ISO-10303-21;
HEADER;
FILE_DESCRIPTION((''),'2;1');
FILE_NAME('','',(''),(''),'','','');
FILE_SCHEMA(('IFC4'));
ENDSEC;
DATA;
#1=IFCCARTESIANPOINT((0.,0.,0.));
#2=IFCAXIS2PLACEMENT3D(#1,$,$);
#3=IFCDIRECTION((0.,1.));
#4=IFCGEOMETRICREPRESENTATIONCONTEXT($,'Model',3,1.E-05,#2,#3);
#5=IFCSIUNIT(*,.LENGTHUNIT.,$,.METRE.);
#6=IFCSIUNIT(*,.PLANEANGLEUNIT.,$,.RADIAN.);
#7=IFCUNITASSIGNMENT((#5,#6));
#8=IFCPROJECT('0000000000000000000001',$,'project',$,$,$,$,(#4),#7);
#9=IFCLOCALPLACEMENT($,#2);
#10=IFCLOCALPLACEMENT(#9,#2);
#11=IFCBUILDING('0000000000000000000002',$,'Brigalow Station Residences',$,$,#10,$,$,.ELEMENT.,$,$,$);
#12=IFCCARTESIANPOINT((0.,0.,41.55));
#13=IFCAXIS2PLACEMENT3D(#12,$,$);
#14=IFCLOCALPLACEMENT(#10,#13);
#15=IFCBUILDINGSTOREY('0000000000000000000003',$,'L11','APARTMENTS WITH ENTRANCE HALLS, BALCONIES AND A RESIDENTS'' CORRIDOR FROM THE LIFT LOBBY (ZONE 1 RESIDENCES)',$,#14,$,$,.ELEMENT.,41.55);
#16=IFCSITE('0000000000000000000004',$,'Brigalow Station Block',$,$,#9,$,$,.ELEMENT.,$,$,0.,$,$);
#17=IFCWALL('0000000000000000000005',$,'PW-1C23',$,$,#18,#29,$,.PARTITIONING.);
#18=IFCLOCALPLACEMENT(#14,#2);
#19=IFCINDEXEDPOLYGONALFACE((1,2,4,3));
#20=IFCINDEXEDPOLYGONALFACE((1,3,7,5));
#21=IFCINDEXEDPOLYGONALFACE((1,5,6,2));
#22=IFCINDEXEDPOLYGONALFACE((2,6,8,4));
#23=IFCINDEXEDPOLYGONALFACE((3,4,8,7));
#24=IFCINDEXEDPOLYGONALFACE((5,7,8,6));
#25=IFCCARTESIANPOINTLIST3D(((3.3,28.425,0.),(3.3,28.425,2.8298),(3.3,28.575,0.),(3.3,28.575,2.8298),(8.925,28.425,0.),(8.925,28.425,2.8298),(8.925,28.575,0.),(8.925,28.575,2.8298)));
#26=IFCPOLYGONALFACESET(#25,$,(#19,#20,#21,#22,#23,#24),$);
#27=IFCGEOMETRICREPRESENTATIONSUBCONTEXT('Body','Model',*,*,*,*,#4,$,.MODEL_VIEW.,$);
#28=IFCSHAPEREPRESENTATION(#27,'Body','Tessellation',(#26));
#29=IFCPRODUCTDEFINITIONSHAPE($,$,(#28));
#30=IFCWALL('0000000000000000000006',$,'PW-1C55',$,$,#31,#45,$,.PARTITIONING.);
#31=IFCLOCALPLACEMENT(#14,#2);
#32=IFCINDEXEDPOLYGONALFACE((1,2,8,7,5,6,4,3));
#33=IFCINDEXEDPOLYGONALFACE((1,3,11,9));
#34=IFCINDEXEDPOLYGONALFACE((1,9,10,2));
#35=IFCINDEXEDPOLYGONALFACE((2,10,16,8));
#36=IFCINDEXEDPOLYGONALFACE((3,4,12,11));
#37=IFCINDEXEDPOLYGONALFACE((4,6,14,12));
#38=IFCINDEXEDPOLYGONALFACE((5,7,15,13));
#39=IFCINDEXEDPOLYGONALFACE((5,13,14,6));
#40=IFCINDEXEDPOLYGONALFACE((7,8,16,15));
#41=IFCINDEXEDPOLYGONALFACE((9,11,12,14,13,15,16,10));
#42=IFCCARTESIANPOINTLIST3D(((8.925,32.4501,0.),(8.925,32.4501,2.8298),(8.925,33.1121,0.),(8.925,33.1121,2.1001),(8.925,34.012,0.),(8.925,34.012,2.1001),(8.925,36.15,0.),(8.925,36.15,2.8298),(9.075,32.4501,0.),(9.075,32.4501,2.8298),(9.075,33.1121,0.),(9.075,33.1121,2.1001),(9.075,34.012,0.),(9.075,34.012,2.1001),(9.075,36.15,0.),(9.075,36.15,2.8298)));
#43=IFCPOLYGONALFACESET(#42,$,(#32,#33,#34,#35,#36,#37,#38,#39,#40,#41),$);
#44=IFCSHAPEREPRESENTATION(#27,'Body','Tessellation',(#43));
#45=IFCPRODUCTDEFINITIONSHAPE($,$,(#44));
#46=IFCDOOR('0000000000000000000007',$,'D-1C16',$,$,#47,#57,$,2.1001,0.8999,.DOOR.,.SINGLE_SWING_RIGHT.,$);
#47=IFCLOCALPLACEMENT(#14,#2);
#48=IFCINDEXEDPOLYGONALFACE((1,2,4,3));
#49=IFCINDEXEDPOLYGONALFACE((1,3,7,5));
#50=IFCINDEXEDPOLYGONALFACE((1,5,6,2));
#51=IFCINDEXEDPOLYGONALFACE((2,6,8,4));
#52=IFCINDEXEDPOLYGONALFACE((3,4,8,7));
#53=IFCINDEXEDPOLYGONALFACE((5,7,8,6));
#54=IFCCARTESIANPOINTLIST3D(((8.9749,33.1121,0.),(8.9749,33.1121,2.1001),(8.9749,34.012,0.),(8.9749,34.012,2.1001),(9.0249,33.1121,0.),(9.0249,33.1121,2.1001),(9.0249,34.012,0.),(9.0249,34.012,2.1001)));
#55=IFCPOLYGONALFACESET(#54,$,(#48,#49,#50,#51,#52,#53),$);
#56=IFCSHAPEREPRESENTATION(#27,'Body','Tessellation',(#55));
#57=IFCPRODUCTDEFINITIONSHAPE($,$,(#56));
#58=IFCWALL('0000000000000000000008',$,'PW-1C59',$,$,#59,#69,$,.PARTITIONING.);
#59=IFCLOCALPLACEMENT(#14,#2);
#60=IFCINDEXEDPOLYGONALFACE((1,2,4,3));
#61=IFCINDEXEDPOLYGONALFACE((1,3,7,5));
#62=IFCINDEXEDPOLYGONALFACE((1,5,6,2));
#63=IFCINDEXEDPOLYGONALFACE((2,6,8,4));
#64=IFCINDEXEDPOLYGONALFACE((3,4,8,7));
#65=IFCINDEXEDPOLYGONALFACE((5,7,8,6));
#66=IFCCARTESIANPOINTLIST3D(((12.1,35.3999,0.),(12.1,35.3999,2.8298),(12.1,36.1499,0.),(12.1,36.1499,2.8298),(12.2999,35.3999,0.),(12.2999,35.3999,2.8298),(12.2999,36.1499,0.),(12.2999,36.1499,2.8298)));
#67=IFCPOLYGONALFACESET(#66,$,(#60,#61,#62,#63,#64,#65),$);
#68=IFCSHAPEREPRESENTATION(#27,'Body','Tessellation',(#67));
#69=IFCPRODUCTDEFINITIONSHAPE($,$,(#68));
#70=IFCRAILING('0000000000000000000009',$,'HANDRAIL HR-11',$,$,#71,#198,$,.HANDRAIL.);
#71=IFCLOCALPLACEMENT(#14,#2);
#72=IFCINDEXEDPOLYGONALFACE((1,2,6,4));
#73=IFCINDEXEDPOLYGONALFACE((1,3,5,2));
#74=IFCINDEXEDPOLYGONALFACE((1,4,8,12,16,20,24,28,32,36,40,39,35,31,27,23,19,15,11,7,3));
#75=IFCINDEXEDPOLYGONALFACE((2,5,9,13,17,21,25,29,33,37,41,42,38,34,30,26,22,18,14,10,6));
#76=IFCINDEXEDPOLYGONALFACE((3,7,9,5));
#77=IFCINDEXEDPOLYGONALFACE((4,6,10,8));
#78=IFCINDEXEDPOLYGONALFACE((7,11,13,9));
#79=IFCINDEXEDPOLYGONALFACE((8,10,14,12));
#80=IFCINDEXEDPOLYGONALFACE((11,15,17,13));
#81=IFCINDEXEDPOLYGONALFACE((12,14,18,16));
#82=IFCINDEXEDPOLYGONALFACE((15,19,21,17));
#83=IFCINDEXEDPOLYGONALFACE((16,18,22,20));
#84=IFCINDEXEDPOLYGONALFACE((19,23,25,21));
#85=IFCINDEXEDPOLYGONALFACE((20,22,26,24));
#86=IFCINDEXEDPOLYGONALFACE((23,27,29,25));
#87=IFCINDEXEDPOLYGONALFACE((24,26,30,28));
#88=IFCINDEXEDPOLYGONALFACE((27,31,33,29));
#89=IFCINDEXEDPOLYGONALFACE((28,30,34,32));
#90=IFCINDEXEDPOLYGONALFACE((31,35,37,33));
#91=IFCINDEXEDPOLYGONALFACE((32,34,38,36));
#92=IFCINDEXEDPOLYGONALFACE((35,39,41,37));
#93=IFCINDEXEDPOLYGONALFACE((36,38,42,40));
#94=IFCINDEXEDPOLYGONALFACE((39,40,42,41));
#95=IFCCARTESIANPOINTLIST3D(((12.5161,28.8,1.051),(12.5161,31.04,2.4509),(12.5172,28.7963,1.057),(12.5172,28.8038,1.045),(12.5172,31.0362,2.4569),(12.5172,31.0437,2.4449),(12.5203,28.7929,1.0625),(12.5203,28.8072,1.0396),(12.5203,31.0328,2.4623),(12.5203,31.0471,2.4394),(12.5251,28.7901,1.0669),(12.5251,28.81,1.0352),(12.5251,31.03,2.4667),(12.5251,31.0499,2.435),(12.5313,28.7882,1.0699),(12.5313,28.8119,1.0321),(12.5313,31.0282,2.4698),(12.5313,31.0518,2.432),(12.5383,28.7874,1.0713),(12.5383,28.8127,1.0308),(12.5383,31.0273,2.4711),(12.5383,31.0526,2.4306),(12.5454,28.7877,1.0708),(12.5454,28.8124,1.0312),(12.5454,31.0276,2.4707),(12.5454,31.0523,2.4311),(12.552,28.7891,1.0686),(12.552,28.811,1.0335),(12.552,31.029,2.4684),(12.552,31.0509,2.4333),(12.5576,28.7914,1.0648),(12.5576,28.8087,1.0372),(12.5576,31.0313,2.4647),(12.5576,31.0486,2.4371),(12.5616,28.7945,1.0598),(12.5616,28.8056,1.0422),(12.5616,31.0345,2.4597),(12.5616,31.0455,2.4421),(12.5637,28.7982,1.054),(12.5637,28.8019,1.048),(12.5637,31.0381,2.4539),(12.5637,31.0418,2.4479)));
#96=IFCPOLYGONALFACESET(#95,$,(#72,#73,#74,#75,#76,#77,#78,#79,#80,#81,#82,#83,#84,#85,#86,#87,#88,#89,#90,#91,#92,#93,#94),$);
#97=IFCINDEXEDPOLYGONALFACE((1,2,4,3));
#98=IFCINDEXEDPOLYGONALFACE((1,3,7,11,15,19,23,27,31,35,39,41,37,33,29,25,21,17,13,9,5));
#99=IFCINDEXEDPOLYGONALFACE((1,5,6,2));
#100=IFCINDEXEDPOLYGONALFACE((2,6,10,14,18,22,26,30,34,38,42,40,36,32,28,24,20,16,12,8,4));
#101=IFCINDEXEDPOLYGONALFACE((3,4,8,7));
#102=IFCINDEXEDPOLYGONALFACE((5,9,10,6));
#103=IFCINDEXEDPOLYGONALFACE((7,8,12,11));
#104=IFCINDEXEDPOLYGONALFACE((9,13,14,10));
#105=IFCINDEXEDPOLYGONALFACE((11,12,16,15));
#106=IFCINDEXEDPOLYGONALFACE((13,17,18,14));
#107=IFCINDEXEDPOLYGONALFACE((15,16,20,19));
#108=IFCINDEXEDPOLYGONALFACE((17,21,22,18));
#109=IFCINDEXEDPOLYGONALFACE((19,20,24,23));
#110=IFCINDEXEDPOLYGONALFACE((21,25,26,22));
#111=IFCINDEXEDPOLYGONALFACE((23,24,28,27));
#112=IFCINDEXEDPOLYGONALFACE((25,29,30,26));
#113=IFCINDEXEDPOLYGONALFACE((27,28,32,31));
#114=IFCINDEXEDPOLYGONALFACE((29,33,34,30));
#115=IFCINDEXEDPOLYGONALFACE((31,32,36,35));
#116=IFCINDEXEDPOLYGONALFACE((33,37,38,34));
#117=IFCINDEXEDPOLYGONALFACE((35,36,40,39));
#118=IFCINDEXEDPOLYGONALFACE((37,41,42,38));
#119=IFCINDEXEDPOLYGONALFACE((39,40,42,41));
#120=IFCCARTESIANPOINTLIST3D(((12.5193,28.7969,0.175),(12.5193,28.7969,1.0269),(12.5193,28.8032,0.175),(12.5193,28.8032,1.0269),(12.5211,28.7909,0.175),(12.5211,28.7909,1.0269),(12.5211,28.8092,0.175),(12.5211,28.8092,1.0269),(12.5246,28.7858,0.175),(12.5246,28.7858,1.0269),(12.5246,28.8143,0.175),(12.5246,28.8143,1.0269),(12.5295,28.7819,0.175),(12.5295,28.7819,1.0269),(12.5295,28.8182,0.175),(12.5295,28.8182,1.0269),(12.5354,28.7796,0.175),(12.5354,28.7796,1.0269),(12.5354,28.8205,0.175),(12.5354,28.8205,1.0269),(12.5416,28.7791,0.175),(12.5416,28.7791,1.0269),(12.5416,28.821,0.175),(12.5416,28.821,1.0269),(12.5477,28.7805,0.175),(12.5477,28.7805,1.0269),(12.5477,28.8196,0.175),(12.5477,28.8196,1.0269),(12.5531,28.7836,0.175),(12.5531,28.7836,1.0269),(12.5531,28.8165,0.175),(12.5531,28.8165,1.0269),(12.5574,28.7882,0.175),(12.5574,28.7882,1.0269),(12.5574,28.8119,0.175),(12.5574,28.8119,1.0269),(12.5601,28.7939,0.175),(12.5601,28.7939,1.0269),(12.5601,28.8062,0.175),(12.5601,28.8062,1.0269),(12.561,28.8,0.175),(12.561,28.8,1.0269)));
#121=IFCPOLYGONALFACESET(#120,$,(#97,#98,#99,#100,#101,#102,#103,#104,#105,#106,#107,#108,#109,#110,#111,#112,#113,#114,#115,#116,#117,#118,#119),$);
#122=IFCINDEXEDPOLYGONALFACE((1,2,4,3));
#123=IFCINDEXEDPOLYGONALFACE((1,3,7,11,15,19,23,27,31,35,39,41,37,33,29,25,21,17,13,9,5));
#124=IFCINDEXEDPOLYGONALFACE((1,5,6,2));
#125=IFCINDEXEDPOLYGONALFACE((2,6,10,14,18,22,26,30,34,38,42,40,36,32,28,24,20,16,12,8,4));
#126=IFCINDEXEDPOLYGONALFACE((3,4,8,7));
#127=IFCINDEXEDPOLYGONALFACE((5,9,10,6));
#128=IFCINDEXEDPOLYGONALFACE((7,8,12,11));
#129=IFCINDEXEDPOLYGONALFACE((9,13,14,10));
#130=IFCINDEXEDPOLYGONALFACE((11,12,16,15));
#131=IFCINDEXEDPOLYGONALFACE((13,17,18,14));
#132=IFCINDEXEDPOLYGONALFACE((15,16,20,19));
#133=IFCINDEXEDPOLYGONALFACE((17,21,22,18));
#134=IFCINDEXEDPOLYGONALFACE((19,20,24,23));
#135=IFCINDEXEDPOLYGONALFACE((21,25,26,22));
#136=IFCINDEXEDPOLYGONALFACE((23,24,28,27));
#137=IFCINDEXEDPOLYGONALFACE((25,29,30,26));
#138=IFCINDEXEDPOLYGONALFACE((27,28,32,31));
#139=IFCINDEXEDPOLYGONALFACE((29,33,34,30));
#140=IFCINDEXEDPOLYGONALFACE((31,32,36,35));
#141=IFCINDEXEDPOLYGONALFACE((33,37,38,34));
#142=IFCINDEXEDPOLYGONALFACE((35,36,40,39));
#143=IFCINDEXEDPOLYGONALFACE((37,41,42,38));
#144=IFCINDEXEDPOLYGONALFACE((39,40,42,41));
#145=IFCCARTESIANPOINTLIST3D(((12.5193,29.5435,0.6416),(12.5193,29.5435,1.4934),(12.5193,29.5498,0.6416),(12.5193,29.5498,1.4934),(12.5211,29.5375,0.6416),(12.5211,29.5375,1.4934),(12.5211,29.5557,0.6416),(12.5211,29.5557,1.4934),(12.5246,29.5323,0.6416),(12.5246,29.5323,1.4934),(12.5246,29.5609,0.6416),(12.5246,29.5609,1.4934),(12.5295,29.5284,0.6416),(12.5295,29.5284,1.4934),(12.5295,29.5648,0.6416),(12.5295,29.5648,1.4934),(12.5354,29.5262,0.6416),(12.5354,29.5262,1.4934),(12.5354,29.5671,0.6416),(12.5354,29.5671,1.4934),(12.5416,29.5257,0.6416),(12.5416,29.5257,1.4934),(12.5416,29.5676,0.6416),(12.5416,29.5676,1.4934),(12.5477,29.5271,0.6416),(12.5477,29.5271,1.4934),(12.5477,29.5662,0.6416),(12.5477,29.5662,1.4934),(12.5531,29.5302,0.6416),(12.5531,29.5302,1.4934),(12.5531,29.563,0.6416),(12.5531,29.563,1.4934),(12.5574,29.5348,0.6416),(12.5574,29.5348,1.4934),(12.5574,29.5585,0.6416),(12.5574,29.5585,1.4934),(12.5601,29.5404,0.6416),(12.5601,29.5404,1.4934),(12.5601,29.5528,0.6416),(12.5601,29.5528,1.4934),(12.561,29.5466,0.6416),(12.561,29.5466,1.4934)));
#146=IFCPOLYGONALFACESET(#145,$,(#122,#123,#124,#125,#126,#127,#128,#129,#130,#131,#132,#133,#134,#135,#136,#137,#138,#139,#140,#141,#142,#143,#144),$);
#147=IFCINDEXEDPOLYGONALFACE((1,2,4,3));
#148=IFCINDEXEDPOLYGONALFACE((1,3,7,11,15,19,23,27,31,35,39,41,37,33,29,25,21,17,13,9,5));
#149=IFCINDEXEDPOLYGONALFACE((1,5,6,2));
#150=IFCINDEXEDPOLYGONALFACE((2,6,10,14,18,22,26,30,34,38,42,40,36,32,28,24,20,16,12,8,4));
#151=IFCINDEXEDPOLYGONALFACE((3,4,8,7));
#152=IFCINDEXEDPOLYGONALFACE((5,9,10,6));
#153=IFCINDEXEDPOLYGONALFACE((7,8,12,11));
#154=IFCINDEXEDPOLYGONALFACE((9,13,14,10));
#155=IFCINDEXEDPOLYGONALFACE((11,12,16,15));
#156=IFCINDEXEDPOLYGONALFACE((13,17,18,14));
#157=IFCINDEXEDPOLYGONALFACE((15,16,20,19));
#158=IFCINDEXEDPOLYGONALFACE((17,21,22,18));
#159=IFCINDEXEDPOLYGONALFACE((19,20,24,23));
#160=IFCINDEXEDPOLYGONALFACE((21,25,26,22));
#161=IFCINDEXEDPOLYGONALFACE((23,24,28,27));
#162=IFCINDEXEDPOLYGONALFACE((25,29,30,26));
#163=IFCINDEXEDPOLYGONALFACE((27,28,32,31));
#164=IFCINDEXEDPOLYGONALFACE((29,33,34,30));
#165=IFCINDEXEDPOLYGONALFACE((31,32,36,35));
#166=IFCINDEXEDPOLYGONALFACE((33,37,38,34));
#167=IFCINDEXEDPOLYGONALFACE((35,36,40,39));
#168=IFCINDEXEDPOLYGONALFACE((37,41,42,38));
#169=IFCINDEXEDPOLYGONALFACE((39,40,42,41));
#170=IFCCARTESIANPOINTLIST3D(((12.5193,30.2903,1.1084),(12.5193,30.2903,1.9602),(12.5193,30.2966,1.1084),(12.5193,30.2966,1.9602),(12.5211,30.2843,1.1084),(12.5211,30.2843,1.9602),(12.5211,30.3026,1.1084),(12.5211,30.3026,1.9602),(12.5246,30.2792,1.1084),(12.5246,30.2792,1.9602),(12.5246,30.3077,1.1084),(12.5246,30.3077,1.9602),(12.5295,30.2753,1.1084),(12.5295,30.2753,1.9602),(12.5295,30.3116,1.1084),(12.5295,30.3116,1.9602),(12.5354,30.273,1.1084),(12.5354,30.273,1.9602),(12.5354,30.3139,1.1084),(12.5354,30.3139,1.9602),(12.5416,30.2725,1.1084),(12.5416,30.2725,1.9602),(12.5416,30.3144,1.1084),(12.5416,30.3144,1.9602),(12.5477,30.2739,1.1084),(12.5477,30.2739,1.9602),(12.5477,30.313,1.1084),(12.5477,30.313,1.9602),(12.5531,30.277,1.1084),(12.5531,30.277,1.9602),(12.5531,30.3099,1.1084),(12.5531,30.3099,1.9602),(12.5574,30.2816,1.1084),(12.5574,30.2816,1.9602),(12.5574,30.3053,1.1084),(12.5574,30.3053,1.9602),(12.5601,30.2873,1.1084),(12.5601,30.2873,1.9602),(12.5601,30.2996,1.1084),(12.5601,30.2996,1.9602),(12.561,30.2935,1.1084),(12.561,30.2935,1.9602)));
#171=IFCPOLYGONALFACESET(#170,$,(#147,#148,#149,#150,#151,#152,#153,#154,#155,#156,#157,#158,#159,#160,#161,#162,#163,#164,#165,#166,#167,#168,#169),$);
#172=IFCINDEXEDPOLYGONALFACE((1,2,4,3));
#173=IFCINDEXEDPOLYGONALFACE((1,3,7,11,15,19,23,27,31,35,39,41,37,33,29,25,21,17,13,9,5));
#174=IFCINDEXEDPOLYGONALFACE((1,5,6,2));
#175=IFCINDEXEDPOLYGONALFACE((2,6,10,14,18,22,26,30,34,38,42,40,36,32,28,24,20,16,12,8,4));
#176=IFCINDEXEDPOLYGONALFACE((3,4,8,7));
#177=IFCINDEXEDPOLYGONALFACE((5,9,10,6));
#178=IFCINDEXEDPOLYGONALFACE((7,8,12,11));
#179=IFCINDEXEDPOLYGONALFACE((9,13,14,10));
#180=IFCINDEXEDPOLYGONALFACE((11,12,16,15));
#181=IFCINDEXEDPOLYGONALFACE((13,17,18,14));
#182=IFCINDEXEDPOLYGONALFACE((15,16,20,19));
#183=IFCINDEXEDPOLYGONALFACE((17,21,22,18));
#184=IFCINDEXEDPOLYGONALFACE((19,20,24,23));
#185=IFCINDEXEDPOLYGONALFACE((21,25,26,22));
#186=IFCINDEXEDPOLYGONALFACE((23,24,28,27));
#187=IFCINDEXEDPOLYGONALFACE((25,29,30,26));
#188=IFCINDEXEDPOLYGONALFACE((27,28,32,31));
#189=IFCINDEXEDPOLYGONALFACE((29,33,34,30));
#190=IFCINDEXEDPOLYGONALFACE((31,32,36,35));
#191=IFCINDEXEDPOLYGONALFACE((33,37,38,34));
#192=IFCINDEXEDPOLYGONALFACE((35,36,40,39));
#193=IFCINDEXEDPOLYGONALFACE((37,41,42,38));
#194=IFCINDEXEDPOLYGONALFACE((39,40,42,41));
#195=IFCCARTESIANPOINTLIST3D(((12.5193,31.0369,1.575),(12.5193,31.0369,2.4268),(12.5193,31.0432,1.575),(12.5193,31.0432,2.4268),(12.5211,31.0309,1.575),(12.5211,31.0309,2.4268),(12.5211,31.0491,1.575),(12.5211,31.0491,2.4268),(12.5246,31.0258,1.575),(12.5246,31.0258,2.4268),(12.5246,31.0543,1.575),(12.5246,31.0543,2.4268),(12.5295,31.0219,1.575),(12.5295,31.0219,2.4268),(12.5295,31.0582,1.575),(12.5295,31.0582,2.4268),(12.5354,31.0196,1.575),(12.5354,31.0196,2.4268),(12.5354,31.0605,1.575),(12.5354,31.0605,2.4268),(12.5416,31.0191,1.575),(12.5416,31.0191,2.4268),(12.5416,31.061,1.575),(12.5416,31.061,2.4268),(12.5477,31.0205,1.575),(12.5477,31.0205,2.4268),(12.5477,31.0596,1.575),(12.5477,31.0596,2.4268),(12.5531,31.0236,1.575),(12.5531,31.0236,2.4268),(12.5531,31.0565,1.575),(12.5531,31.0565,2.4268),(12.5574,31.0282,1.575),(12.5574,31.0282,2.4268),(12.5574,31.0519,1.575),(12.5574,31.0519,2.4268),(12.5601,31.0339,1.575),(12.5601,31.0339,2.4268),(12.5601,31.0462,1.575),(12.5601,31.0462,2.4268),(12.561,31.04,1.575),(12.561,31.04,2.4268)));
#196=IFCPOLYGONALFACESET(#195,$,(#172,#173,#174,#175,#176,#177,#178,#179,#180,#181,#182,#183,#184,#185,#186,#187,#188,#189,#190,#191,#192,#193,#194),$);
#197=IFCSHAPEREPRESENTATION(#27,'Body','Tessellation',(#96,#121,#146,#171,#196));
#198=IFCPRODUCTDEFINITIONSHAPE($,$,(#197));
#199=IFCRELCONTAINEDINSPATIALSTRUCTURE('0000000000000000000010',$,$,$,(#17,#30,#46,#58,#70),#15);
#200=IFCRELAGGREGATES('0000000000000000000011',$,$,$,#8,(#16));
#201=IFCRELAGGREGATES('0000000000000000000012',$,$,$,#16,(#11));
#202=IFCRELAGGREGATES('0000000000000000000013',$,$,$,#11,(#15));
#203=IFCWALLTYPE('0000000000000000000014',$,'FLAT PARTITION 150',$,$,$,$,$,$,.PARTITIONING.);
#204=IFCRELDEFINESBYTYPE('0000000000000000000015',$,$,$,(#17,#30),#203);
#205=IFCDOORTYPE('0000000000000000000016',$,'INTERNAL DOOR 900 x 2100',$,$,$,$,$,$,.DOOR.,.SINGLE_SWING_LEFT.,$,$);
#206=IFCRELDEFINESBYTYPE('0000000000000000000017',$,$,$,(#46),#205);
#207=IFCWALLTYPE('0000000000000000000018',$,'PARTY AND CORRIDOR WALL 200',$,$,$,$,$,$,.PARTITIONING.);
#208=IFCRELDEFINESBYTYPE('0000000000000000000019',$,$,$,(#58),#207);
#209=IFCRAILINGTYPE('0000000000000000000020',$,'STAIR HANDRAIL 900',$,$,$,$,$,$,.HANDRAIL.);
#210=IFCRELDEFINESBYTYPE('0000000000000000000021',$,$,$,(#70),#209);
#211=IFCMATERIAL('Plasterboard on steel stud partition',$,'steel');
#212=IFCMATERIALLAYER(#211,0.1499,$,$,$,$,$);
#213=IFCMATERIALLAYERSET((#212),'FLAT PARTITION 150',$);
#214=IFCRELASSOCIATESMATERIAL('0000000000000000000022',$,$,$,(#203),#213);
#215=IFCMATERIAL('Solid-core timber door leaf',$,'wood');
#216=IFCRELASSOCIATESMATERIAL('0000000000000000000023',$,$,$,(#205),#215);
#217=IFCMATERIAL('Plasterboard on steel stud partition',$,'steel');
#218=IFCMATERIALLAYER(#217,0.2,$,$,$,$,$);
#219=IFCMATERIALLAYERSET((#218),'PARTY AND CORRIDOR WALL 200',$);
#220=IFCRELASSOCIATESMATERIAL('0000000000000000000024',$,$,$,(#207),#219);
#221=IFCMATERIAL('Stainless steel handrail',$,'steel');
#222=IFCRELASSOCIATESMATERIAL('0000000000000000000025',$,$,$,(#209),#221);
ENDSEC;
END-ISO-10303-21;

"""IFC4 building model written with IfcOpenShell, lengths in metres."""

from ifc_helpers import new_model, si_unit, direction, frame, frame_2d, origin, origin_2d, place, context, subcontext, project, spatial, rectangle, circle, extrude, material, layer, layer_set, type_object, element, fill, save


model = new_model("IFC4")

# Units and contexts
model_context = context("Model", 3, precision=1e-05, world=origin(), true_north=direction((0.0, 1.0)))
body_context = subcontext(model_context, "Body", "Model", "MODEL_VIEW")
ifc_project = project(units=[si_unit("LENGTHUNIT", "METRE"), si_unit("PLANEANGLEUNIT", "RADIAN")], contexts=[model_context])

# Site, building, storey
site_placement = place(None, origin())
site = spatial("IfcSite", under=ifc_project, at=site_placement, Name="Brigalow Station Block", CompositionType="ELEMENT", RefElevation=0.0)
building_placement = place(site_placement, origin())
building = spatial("IfcBuilding", under=site, at=building_placement, Name="Brigalow Station Residences", CompositionType="ELEMENT")
storey_placement = place(building_placement, frame((0.0, 0.0, 41.55)))
storey = spatial("IfcBuildingStorey", under=building, at=storey_placement, Name="L11", Description="APARTMENTS WITH ENTRANCE HALLS, BALCONIES AND A RESIDENTS' CORRIDOR FROM THE LIFT LOBBY (ZONE 1 RESIDENCES)", CompositionType="ELEMENT", Elevation=41.55)

# Shared definitions
ifc_material_1 = material(Name="Plasterboard on steel stud partition", Category="steel")
ifc_layer_1 = layer(ifc_material_1, 0.1499)
ifc_layer_set_1 = layer_set([ifc_layer_1], Name="FLAT PARTITION 150")
wall_type_1 = type_object("IfcWallType", Name="FLAT PARTITION 150", PredefinedType="PARTITIONING", material=ifc_layer_set_1)
ifc_material_2 = material(Name="Solid-core timber door leaf", Category="wood")
door_type_1 = type_object("IfcDoorType", Name="INTERNAL DOOR 900 x 2100", OperationType="SINGLE_SWING_LEFT", PredefinedType="DOOR", material=ifc_material_2)

# Wall
wall_1_placement = place(storey_placement, frame((3.3, 28.5, 0.0), z_axis=(0.0, 0.0, 1.0), x_axis=(1.0, 0.0, 0.0)))
element("IfcWall", 1, at=wall_1_placement, inside=storey, type_object=wall_type_1, Name="PW-1C23", PredefinedType="PARTITIONING", context=body_context, shape_type="SweptSolid", body=[
    extrude(rectangle(XDim=5.625, YDim=0.1499, at=frame_2d((2.8125, 0.0))), origin(), (0.0, 0.0, 1.0), 2.8298),
])

# Wall, opening, door
wall_2_placement = place(storey_placement, frame((9.0, 32.45, 0.0), z_axis=(0.0, 0.0, 1.0), x_axis=(0.0, 1.0, 0.0)))
wall_2 = element("IfcWall", 2, at=wall_2_placement, inside=storey, type_object=wall_type_1, Name="PW-1C55", PredefinedType="PARTITIONING", context=body_context, shape_type="SweptSolid", body=[
    extrude(rectangle(XDim=3.7, YDim=0.1499, at=frame_2d((1.8501, 0.0))), origin(), (0.0, 0.0, 1.0), 2.8298),
])
opening_1_placement = place(wall_2_placement, frame((0.6621, 0.0, 0.0)))
opening_1 = element("IfcOpeningElement", 3, at=opening_1_placement, cuts=wall_2, PredefinedType="OPENING", context=body_context, shape_type="SweptSolid", body=[
    extrude(rectangle(XDim=0.8999, YDim=2.1001, at=frame_2d((0.45, 1.05))), frame((0.0, 0.085, 0.0), z_axis=(0.0, -1.0, 0.0), x_axis=(1.0, 0.0, 0.0)), (0.0, 0.0, 1.0), 0.1699),
])
door_1_placement = place(opening_1_placement, frame((0.8999, 0.0, 0.0), z_axis=(0.0, 0.0, 1.0), x_axis=(-1.0, 0.0, 0.0)))
door_1 = element("IfcDoor", 4, at=door_1_placement, inside=storey, type_object=door_type_1, Name="D-1C16", OperationType="SINGLE_SWING_RIGHT", OverallHeight=2.1001, OverallWidth=0.8999, PredefinedType="DOOR", context=body_context, shape_type="SweptSolid", body=[
    extrude(rectangle(XDim=0.8999, YDim=2.1001, at=frame_2d((0.45, 1.05))), frame((0.0, 0.0249, 0.0), z_axis=(0.0, -1.0, 0.0), x_axis=(1.0, 0.0, 0.0)), (0.0, 0.0, 1.0), 0.05),
])
fill(opening_1, door_1)

# Wall
ifc_material_3 = material(Name="Plasterboard on steel stud partition", Category="steel")
ifc_layer_2 = layer(ifc_material_3, 0.2)
ifc_layer_set_2 = layer_set([ifc_layer_2], Name="PARTY AND CORRIDOR WALL 200")
wall_type_2 = type_object("IfcWallType", Name="PARTY AND CORRIDOR WALL 200", PredefinedType="PARTITIONING", material=ifc_layer_set_2)
wall_3_placement = place(storey_placement, frame((12.2, 35.3999, 0.0), z_axis=(0.0, 0.0, 1.0), x_axis=(0.0, 1.0, 0.0)))
element("IfcWall", 5, at=wall_3_placement, inside=storey, type_object=wall_type_2, Name="PW-1C59", PredefinedType="PARTITIONING", context=body_context, shape_type="SweptSolid", body=[
    extrude(rectangle(XDim=0.75, YDim=0.2, at=frame_2d((0.375, 0.0))), origin(), (0.0, 0.0, 1.0), 2.8298),
])

# Railing
ifc_material_4 = material(Name="Stainless steel handrail", Category="steel")
railing_type_1 = type_object("IfcRailingType", Name="STAIR HANDRAIL 900", PredefinedType="HANDRAIL", material=ifc_material_4)
railing_1_placement = place(storey_placement, frame((12.54, 28.8, 0.175)))
element("IfcRailing", 6, at=railing_1_placement, inside=storey, type_object=railing_type_1, Name="HANDRAIL HR-11", PredefinedType="HANDRAIL", context=body_context, shape_type="SweptSolid", body=[
    extrude(circle(Radius=0.0239, at=origin_2d()), frame((0.0, 0.0, 0.876), z_axis=(0.0, 0.848014, 0.529974), x_axis=(-1.0, 0.0, 0.0)), (0.0, 0.0, 1.0), 2.6414),
    extrude(circle(Radius=0.021, at=origin_2d()), origin(), (0.0, 0.0, 1.0), 0.8518),
    extrude(circle(Radius=0.021, at=origin_2d()), frame((0.0, 0.7466, 0.4666)), (0.0, 0.0, 1.0), 0.8518),
    extrude(circle(Radius=0.021, at=origin_2d()), frame((0.0, 1.4934, 0.9333)), (0.0, 0.0, 1.0), 0.8518),
    extrude(circle(Radius=0.021, at=origin_2d()), frame((0.0, 2.24, 1.3999)), (0.0, 0.0, 1.0), 0.8518),
])

save(model, "model.ifc")
